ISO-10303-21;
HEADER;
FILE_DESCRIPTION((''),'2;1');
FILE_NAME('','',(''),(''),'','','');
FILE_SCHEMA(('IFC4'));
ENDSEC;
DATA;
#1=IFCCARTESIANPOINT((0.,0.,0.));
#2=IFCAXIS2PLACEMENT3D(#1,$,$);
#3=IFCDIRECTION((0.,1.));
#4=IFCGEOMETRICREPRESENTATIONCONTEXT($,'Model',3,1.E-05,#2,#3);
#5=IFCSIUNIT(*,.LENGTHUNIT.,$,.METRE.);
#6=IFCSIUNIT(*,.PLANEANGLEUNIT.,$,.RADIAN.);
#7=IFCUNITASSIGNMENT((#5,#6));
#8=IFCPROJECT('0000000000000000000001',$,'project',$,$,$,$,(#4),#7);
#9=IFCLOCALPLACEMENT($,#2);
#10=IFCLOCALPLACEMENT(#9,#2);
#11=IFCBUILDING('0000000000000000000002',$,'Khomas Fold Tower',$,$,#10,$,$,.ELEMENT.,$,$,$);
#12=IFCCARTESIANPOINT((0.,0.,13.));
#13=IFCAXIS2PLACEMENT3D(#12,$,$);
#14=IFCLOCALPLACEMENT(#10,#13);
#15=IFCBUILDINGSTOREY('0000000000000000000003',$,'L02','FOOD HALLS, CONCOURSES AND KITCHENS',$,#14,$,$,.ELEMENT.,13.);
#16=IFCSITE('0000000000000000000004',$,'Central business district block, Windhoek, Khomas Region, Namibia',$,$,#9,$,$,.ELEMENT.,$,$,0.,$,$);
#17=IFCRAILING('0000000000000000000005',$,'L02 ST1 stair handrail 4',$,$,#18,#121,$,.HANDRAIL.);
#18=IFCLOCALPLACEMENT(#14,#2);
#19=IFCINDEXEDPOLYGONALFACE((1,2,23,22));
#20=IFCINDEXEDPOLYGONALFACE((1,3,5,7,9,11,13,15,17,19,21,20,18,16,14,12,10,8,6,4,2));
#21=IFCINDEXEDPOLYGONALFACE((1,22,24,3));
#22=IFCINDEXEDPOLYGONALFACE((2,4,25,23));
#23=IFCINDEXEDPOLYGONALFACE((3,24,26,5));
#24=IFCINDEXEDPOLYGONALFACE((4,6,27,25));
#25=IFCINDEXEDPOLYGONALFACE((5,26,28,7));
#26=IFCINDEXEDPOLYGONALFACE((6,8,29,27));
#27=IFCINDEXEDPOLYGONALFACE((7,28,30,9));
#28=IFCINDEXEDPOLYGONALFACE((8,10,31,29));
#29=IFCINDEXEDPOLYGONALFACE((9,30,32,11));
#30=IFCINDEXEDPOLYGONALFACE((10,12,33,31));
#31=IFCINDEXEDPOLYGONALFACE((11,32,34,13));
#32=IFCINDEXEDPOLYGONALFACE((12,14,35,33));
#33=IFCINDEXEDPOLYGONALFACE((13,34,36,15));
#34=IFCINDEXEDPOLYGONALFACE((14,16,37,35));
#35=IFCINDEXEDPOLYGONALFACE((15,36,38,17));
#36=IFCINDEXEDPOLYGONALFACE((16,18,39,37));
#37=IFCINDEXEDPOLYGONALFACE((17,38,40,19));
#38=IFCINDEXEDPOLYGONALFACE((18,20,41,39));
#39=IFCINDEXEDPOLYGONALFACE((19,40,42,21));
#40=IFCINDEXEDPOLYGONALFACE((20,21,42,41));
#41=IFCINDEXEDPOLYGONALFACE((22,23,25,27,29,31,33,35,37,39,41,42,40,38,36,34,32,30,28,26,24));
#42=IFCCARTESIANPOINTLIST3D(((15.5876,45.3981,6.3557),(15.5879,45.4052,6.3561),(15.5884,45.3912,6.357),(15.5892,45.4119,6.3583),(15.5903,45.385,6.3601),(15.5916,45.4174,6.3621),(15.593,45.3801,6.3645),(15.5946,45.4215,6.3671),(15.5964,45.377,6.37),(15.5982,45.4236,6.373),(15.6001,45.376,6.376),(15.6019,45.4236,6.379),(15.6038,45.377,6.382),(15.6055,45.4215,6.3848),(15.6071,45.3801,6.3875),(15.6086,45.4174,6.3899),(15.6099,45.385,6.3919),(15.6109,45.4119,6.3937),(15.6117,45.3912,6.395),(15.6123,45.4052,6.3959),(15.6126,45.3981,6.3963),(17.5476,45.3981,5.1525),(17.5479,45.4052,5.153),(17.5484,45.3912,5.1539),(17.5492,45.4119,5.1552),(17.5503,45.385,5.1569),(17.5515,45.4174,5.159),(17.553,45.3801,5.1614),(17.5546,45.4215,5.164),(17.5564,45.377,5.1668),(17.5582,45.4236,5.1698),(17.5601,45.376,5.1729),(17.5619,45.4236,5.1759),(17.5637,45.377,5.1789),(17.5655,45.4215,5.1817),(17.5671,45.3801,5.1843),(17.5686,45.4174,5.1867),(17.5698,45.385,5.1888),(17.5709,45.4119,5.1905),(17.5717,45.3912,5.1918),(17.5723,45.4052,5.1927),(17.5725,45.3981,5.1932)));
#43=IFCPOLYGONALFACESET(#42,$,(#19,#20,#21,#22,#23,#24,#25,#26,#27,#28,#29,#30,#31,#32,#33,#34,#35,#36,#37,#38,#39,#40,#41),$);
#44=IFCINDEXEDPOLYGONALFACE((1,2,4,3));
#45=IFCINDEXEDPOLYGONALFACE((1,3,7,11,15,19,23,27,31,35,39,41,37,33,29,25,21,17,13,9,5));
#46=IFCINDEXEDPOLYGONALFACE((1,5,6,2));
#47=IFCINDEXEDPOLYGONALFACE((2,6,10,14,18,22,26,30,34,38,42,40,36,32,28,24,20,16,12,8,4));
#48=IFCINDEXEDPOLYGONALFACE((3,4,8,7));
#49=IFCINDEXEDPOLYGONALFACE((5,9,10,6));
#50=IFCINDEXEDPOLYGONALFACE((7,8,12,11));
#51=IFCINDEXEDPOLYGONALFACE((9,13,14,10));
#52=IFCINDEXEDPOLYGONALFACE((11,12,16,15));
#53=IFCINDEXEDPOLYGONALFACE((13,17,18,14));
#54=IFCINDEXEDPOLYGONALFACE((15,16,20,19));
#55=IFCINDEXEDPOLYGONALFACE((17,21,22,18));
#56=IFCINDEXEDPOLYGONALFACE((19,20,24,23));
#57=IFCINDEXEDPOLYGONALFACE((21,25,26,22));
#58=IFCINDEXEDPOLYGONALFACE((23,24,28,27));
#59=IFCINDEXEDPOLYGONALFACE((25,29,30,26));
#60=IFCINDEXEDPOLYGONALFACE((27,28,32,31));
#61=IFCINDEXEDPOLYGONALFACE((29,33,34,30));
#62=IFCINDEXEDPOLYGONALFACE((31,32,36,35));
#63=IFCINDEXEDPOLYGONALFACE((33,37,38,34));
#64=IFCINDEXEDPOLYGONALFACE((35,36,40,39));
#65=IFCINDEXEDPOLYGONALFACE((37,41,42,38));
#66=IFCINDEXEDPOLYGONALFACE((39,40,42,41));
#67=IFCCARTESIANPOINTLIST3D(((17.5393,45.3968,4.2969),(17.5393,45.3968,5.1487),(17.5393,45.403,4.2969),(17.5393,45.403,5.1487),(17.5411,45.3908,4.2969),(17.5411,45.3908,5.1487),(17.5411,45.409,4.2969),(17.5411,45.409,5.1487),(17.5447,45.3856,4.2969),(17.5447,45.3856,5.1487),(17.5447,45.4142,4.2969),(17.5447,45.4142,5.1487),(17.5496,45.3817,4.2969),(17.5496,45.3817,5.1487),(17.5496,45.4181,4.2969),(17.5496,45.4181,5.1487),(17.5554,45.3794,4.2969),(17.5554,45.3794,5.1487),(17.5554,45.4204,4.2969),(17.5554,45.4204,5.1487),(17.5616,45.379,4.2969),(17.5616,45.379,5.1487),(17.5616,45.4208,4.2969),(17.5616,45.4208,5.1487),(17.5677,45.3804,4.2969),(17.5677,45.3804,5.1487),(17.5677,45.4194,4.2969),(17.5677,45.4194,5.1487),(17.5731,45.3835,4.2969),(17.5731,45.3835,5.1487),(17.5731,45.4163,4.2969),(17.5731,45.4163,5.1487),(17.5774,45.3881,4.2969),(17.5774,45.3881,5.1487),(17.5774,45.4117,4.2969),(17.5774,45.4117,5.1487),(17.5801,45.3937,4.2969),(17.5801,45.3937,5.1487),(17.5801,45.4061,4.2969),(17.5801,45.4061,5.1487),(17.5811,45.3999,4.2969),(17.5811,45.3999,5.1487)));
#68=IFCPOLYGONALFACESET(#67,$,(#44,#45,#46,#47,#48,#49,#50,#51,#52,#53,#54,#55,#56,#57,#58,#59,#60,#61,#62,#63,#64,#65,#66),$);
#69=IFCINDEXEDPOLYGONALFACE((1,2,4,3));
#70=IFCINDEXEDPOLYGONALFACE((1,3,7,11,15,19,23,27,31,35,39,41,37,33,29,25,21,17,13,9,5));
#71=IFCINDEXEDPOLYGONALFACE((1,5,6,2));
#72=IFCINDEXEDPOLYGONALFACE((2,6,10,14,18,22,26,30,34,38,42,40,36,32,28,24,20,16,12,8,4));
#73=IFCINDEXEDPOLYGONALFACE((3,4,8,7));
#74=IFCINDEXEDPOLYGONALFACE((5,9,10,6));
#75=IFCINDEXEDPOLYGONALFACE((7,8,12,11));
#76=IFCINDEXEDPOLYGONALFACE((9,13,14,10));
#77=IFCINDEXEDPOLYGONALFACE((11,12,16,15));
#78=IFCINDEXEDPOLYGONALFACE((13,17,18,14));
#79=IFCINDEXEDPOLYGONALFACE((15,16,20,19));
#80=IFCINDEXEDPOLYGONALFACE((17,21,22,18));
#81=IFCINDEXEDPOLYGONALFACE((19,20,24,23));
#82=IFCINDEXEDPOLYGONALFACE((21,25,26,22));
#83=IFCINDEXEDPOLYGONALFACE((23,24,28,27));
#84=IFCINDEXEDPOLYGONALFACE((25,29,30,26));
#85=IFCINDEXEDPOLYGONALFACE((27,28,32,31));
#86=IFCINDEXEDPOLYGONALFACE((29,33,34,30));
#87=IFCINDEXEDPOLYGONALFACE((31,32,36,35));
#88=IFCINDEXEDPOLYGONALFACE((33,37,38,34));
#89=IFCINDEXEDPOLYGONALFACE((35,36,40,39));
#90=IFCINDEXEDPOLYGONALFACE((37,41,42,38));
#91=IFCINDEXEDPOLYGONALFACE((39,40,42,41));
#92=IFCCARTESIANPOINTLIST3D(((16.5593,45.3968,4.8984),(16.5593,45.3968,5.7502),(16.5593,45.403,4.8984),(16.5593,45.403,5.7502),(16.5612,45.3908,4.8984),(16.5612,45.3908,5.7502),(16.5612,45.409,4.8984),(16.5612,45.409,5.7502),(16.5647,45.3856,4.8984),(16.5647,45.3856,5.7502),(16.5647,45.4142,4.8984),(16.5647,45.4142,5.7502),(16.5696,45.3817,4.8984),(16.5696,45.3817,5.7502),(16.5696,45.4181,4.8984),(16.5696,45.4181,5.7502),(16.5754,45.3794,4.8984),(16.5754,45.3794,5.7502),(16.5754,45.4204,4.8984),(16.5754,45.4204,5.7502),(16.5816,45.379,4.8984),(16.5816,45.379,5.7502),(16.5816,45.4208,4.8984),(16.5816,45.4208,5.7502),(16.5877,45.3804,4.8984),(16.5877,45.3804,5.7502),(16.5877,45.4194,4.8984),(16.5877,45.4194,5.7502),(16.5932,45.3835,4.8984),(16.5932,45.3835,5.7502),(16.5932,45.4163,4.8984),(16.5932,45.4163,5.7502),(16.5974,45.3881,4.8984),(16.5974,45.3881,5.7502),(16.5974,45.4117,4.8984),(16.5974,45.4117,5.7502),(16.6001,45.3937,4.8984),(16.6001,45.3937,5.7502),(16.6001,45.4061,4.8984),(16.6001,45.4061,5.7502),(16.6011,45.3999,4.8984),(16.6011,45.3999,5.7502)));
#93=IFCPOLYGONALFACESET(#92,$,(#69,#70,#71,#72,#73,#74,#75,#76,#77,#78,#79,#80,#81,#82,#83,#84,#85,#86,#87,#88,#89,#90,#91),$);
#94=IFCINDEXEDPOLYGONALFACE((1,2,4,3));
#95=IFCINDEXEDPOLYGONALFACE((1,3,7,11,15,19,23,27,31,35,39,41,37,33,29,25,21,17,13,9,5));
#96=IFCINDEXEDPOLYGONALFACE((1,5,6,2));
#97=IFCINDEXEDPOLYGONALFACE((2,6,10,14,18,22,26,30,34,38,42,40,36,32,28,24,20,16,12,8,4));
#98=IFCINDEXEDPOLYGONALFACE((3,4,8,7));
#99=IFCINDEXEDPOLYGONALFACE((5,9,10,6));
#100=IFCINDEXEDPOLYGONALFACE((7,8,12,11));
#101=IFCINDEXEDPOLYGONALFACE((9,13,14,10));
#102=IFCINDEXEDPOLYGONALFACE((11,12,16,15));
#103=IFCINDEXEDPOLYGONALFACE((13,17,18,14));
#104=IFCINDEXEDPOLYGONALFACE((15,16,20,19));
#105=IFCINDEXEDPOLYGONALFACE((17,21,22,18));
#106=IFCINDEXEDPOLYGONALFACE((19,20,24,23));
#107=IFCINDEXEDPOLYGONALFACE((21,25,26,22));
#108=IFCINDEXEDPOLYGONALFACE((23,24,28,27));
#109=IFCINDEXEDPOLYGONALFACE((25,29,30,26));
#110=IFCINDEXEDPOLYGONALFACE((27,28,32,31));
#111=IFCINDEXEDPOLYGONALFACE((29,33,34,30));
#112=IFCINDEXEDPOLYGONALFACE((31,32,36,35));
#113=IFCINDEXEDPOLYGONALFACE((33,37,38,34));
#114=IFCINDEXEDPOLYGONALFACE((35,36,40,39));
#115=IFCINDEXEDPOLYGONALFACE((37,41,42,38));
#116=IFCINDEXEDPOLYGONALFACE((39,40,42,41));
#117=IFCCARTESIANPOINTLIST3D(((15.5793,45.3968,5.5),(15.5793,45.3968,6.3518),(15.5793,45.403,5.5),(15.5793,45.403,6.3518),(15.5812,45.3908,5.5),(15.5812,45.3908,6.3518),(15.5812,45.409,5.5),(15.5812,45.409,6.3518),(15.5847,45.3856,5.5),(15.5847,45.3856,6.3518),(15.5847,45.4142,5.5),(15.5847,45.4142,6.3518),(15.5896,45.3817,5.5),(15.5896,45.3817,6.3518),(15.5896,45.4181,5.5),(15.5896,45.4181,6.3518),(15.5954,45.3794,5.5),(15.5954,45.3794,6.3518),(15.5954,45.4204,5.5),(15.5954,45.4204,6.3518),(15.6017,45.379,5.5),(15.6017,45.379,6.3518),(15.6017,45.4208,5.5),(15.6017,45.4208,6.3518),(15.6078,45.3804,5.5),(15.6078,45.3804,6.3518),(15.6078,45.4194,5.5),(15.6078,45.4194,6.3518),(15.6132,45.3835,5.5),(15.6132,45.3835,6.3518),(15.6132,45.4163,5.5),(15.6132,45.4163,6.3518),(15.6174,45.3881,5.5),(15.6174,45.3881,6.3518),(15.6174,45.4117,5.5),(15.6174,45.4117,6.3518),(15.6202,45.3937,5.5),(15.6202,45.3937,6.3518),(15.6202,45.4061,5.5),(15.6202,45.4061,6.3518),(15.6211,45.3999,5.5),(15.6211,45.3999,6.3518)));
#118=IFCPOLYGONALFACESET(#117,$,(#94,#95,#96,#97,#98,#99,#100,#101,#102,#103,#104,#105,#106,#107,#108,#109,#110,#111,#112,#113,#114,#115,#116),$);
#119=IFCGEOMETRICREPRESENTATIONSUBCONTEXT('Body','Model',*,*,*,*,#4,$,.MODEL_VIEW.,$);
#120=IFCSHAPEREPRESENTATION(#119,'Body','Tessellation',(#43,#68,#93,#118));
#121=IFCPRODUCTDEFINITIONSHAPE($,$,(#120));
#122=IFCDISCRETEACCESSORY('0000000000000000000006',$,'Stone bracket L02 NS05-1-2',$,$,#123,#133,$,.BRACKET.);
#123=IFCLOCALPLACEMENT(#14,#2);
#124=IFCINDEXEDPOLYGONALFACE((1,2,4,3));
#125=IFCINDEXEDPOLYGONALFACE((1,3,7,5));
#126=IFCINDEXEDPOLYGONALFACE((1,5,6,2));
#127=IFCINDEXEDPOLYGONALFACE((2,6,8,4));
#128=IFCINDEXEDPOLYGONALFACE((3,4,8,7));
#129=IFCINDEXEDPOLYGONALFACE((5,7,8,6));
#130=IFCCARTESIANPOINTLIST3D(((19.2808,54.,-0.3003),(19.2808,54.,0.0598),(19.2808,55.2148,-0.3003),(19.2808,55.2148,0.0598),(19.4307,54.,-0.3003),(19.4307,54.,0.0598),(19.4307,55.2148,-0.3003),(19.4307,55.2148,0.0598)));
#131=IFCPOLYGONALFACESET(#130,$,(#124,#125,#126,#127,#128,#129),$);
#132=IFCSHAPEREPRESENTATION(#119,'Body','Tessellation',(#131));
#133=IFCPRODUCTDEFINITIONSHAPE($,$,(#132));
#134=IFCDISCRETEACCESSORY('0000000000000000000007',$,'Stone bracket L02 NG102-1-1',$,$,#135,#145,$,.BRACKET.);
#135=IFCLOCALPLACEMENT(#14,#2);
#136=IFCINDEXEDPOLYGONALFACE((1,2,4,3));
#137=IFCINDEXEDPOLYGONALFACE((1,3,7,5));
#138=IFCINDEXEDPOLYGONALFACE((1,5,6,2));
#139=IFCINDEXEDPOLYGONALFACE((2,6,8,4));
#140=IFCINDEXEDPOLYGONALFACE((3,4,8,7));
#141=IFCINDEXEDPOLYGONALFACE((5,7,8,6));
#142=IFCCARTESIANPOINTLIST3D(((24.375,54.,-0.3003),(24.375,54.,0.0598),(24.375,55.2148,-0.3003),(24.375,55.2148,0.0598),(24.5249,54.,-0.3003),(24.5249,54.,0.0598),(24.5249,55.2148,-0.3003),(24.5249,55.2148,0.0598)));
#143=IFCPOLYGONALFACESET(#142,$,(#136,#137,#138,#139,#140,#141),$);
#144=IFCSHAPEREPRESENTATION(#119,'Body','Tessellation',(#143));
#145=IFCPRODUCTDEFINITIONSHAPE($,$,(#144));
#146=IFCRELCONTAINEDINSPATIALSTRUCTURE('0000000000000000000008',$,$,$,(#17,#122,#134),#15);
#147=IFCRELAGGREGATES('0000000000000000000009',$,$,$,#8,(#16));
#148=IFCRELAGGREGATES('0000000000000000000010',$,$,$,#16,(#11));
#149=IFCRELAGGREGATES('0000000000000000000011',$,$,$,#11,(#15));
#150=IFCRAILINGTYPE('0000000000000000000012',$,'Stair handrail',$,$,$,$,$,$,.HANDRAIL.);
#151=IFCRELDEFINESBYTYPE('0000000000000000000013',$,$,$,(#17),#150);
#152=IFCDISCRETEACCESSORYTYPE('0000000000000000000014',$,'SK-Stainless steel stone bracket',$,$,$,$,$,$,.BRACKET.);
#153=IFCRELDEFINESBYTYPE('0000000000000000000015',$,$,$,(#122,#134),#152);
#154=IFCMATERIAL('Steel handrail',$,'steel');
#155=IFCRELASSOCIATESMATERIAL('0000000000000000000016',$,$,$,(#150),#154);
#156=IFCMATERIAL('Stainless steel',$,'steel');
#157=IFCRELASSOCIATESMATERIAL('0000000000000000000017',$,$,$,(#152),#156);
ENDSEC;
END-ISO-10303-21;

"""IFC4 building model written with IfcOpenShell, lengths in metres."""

from ifc_helpers import new_model, si_unit, direction, frame, origin, origin_2d, place, context, subcontext, project, spatial, rectangle, circle, extrude, source, transform, mapped, material, type_object, element, save


model = new_model("IFC4")

# Units and contexts
model_context = context("Model", 3, precision=1e-05, world=origin(), true_north=direction((0.0, 1.0)))
body_context = subcontext(model_context, "Body", "Model", "MODEL_VIEW")
ifc_project = project(units=[si_unit("LENGTHUNIT", "METRE"), si_unit("PLANEANGLEUNIT", "RADIAN")], contexts=[model_context])

# Site, building, storey
site_placement = place(None, origin())
site = spatial("IfcSite", under=ifc_project, at=site_placement, Name="Central business district block, Windhoek, Khomas Region, Namibia", CompositionType="ELEMENT", RefElevation=0.0)
building_placement = place(site_placement, origin())
building = spatial("IfcBuilding", under=site, at=building_placement, Name="Khomas Fold Tower", CompositionType="ELEMENT")
storey_placement = place(building_placement, frame((0.0, 0.0, 13.0)))
storey = spatial("IfcBuildingStorey", under=building, at=storey_placement, Name="L02", Description="FOOD HALLS, CONCOURSES AND KITCHENS", CompositionType="ELEMENT", Elevation=13.0)

# Railing
ifc_material_1 = material(Name="Steel handrail", Category="steel")
railing_type_1 = type_object("IfcRailingType", Name="Stair handrail", PredefinedType="HANDRAIL", material=ifc_material_1)
shared_shape_1 = source(origin(), body_context, "Body", "SweptSolid", [
    extrude(circle(Radius=0.0239, at=origin_2d()), frame((0.0, 0.0, 0.876), z_axis=(-0.852241, 0.0, 0.523149), x_axis=(0.0, -1.0, 0.0)), (0.0, 0.0, 1.0), 2.2998),
    extrude(circle(Radius=0.021, at=origin_2d()), origin(), (0.0, 0.0, 1.0), 0.8518),
    extrude(circle(Radius=0.021, at=origin_2d()), frame((-0.98, 0.0, 0.6016)), (0.0, 0.0, 1.0), 0.8518),
    extrude(circle(Radius=0.021, at=origin_2d()), frame((-1.96, 0.0, 1.2031)), (0.0, 0.0, 1.0), 0.8518),
])
for number, where, name in (
    (1, (17.5601, 45.3999, 4.2969), "L02 ST1 stair handrail 4"),
):
    element("IfcRailing", number, at=place(storey_placement, frame(where)), inside=storey, type_object=railing_type_1, Name=name, PredefinedType="HANDRAIL", context=body_context, shape_type="MappedRepresentation", body=[
        mapped(shared_shape_1, transform((0.0, 0.0, 0.0))),
    ])

# Discrete accessories
ifc_material_2 = material(Name="Stainless steel", Category="steel")
discrete_accessory_type = type_object("IfcDiscreteAccessoryType", Name="SK-Stainless steel stone bracket", PredefinedType="BRACKET", material=ifc_material_2)
shared_shape_2 = source(origin(), body_context, "Body", "SweptSolid", [
    extrude(rectangle(XDim=1.2148, YDim=0.1499, at=origin_2d()), origin(), (0.0, 0.0, 1.0), 0.3601),
])
for number, where, z_axis, x_axis, name in (
    (2, (19.3557, 54.6074, -0.3003), (0.0, 0.0, 1.0), (0.0, 1.0, 0.0), "Stone bracket L02 NS05-1-2"),
    (3, (24.45, 54.6074, -0.3003), (0.0, 0.0, 1.0), (0.0, 1.0, 0.0), "Stone bracket L02 NG102-1-1"),
):
    element("IfcDiscreteAccessory", number, at=place(storey_placement, frame(where, z_axis=z_axis, x_axis=x_axis)), inside=storey, type_object=discrete_accessory_type, Name=name, PredefinedType="BRACKET", context=body_context, shape_type="MappedRepresentation", body=[
        mapped(shared_shape_2, transform((0.0, 0.0, 0.0))),
    ])

save(model, "model.ifc")
